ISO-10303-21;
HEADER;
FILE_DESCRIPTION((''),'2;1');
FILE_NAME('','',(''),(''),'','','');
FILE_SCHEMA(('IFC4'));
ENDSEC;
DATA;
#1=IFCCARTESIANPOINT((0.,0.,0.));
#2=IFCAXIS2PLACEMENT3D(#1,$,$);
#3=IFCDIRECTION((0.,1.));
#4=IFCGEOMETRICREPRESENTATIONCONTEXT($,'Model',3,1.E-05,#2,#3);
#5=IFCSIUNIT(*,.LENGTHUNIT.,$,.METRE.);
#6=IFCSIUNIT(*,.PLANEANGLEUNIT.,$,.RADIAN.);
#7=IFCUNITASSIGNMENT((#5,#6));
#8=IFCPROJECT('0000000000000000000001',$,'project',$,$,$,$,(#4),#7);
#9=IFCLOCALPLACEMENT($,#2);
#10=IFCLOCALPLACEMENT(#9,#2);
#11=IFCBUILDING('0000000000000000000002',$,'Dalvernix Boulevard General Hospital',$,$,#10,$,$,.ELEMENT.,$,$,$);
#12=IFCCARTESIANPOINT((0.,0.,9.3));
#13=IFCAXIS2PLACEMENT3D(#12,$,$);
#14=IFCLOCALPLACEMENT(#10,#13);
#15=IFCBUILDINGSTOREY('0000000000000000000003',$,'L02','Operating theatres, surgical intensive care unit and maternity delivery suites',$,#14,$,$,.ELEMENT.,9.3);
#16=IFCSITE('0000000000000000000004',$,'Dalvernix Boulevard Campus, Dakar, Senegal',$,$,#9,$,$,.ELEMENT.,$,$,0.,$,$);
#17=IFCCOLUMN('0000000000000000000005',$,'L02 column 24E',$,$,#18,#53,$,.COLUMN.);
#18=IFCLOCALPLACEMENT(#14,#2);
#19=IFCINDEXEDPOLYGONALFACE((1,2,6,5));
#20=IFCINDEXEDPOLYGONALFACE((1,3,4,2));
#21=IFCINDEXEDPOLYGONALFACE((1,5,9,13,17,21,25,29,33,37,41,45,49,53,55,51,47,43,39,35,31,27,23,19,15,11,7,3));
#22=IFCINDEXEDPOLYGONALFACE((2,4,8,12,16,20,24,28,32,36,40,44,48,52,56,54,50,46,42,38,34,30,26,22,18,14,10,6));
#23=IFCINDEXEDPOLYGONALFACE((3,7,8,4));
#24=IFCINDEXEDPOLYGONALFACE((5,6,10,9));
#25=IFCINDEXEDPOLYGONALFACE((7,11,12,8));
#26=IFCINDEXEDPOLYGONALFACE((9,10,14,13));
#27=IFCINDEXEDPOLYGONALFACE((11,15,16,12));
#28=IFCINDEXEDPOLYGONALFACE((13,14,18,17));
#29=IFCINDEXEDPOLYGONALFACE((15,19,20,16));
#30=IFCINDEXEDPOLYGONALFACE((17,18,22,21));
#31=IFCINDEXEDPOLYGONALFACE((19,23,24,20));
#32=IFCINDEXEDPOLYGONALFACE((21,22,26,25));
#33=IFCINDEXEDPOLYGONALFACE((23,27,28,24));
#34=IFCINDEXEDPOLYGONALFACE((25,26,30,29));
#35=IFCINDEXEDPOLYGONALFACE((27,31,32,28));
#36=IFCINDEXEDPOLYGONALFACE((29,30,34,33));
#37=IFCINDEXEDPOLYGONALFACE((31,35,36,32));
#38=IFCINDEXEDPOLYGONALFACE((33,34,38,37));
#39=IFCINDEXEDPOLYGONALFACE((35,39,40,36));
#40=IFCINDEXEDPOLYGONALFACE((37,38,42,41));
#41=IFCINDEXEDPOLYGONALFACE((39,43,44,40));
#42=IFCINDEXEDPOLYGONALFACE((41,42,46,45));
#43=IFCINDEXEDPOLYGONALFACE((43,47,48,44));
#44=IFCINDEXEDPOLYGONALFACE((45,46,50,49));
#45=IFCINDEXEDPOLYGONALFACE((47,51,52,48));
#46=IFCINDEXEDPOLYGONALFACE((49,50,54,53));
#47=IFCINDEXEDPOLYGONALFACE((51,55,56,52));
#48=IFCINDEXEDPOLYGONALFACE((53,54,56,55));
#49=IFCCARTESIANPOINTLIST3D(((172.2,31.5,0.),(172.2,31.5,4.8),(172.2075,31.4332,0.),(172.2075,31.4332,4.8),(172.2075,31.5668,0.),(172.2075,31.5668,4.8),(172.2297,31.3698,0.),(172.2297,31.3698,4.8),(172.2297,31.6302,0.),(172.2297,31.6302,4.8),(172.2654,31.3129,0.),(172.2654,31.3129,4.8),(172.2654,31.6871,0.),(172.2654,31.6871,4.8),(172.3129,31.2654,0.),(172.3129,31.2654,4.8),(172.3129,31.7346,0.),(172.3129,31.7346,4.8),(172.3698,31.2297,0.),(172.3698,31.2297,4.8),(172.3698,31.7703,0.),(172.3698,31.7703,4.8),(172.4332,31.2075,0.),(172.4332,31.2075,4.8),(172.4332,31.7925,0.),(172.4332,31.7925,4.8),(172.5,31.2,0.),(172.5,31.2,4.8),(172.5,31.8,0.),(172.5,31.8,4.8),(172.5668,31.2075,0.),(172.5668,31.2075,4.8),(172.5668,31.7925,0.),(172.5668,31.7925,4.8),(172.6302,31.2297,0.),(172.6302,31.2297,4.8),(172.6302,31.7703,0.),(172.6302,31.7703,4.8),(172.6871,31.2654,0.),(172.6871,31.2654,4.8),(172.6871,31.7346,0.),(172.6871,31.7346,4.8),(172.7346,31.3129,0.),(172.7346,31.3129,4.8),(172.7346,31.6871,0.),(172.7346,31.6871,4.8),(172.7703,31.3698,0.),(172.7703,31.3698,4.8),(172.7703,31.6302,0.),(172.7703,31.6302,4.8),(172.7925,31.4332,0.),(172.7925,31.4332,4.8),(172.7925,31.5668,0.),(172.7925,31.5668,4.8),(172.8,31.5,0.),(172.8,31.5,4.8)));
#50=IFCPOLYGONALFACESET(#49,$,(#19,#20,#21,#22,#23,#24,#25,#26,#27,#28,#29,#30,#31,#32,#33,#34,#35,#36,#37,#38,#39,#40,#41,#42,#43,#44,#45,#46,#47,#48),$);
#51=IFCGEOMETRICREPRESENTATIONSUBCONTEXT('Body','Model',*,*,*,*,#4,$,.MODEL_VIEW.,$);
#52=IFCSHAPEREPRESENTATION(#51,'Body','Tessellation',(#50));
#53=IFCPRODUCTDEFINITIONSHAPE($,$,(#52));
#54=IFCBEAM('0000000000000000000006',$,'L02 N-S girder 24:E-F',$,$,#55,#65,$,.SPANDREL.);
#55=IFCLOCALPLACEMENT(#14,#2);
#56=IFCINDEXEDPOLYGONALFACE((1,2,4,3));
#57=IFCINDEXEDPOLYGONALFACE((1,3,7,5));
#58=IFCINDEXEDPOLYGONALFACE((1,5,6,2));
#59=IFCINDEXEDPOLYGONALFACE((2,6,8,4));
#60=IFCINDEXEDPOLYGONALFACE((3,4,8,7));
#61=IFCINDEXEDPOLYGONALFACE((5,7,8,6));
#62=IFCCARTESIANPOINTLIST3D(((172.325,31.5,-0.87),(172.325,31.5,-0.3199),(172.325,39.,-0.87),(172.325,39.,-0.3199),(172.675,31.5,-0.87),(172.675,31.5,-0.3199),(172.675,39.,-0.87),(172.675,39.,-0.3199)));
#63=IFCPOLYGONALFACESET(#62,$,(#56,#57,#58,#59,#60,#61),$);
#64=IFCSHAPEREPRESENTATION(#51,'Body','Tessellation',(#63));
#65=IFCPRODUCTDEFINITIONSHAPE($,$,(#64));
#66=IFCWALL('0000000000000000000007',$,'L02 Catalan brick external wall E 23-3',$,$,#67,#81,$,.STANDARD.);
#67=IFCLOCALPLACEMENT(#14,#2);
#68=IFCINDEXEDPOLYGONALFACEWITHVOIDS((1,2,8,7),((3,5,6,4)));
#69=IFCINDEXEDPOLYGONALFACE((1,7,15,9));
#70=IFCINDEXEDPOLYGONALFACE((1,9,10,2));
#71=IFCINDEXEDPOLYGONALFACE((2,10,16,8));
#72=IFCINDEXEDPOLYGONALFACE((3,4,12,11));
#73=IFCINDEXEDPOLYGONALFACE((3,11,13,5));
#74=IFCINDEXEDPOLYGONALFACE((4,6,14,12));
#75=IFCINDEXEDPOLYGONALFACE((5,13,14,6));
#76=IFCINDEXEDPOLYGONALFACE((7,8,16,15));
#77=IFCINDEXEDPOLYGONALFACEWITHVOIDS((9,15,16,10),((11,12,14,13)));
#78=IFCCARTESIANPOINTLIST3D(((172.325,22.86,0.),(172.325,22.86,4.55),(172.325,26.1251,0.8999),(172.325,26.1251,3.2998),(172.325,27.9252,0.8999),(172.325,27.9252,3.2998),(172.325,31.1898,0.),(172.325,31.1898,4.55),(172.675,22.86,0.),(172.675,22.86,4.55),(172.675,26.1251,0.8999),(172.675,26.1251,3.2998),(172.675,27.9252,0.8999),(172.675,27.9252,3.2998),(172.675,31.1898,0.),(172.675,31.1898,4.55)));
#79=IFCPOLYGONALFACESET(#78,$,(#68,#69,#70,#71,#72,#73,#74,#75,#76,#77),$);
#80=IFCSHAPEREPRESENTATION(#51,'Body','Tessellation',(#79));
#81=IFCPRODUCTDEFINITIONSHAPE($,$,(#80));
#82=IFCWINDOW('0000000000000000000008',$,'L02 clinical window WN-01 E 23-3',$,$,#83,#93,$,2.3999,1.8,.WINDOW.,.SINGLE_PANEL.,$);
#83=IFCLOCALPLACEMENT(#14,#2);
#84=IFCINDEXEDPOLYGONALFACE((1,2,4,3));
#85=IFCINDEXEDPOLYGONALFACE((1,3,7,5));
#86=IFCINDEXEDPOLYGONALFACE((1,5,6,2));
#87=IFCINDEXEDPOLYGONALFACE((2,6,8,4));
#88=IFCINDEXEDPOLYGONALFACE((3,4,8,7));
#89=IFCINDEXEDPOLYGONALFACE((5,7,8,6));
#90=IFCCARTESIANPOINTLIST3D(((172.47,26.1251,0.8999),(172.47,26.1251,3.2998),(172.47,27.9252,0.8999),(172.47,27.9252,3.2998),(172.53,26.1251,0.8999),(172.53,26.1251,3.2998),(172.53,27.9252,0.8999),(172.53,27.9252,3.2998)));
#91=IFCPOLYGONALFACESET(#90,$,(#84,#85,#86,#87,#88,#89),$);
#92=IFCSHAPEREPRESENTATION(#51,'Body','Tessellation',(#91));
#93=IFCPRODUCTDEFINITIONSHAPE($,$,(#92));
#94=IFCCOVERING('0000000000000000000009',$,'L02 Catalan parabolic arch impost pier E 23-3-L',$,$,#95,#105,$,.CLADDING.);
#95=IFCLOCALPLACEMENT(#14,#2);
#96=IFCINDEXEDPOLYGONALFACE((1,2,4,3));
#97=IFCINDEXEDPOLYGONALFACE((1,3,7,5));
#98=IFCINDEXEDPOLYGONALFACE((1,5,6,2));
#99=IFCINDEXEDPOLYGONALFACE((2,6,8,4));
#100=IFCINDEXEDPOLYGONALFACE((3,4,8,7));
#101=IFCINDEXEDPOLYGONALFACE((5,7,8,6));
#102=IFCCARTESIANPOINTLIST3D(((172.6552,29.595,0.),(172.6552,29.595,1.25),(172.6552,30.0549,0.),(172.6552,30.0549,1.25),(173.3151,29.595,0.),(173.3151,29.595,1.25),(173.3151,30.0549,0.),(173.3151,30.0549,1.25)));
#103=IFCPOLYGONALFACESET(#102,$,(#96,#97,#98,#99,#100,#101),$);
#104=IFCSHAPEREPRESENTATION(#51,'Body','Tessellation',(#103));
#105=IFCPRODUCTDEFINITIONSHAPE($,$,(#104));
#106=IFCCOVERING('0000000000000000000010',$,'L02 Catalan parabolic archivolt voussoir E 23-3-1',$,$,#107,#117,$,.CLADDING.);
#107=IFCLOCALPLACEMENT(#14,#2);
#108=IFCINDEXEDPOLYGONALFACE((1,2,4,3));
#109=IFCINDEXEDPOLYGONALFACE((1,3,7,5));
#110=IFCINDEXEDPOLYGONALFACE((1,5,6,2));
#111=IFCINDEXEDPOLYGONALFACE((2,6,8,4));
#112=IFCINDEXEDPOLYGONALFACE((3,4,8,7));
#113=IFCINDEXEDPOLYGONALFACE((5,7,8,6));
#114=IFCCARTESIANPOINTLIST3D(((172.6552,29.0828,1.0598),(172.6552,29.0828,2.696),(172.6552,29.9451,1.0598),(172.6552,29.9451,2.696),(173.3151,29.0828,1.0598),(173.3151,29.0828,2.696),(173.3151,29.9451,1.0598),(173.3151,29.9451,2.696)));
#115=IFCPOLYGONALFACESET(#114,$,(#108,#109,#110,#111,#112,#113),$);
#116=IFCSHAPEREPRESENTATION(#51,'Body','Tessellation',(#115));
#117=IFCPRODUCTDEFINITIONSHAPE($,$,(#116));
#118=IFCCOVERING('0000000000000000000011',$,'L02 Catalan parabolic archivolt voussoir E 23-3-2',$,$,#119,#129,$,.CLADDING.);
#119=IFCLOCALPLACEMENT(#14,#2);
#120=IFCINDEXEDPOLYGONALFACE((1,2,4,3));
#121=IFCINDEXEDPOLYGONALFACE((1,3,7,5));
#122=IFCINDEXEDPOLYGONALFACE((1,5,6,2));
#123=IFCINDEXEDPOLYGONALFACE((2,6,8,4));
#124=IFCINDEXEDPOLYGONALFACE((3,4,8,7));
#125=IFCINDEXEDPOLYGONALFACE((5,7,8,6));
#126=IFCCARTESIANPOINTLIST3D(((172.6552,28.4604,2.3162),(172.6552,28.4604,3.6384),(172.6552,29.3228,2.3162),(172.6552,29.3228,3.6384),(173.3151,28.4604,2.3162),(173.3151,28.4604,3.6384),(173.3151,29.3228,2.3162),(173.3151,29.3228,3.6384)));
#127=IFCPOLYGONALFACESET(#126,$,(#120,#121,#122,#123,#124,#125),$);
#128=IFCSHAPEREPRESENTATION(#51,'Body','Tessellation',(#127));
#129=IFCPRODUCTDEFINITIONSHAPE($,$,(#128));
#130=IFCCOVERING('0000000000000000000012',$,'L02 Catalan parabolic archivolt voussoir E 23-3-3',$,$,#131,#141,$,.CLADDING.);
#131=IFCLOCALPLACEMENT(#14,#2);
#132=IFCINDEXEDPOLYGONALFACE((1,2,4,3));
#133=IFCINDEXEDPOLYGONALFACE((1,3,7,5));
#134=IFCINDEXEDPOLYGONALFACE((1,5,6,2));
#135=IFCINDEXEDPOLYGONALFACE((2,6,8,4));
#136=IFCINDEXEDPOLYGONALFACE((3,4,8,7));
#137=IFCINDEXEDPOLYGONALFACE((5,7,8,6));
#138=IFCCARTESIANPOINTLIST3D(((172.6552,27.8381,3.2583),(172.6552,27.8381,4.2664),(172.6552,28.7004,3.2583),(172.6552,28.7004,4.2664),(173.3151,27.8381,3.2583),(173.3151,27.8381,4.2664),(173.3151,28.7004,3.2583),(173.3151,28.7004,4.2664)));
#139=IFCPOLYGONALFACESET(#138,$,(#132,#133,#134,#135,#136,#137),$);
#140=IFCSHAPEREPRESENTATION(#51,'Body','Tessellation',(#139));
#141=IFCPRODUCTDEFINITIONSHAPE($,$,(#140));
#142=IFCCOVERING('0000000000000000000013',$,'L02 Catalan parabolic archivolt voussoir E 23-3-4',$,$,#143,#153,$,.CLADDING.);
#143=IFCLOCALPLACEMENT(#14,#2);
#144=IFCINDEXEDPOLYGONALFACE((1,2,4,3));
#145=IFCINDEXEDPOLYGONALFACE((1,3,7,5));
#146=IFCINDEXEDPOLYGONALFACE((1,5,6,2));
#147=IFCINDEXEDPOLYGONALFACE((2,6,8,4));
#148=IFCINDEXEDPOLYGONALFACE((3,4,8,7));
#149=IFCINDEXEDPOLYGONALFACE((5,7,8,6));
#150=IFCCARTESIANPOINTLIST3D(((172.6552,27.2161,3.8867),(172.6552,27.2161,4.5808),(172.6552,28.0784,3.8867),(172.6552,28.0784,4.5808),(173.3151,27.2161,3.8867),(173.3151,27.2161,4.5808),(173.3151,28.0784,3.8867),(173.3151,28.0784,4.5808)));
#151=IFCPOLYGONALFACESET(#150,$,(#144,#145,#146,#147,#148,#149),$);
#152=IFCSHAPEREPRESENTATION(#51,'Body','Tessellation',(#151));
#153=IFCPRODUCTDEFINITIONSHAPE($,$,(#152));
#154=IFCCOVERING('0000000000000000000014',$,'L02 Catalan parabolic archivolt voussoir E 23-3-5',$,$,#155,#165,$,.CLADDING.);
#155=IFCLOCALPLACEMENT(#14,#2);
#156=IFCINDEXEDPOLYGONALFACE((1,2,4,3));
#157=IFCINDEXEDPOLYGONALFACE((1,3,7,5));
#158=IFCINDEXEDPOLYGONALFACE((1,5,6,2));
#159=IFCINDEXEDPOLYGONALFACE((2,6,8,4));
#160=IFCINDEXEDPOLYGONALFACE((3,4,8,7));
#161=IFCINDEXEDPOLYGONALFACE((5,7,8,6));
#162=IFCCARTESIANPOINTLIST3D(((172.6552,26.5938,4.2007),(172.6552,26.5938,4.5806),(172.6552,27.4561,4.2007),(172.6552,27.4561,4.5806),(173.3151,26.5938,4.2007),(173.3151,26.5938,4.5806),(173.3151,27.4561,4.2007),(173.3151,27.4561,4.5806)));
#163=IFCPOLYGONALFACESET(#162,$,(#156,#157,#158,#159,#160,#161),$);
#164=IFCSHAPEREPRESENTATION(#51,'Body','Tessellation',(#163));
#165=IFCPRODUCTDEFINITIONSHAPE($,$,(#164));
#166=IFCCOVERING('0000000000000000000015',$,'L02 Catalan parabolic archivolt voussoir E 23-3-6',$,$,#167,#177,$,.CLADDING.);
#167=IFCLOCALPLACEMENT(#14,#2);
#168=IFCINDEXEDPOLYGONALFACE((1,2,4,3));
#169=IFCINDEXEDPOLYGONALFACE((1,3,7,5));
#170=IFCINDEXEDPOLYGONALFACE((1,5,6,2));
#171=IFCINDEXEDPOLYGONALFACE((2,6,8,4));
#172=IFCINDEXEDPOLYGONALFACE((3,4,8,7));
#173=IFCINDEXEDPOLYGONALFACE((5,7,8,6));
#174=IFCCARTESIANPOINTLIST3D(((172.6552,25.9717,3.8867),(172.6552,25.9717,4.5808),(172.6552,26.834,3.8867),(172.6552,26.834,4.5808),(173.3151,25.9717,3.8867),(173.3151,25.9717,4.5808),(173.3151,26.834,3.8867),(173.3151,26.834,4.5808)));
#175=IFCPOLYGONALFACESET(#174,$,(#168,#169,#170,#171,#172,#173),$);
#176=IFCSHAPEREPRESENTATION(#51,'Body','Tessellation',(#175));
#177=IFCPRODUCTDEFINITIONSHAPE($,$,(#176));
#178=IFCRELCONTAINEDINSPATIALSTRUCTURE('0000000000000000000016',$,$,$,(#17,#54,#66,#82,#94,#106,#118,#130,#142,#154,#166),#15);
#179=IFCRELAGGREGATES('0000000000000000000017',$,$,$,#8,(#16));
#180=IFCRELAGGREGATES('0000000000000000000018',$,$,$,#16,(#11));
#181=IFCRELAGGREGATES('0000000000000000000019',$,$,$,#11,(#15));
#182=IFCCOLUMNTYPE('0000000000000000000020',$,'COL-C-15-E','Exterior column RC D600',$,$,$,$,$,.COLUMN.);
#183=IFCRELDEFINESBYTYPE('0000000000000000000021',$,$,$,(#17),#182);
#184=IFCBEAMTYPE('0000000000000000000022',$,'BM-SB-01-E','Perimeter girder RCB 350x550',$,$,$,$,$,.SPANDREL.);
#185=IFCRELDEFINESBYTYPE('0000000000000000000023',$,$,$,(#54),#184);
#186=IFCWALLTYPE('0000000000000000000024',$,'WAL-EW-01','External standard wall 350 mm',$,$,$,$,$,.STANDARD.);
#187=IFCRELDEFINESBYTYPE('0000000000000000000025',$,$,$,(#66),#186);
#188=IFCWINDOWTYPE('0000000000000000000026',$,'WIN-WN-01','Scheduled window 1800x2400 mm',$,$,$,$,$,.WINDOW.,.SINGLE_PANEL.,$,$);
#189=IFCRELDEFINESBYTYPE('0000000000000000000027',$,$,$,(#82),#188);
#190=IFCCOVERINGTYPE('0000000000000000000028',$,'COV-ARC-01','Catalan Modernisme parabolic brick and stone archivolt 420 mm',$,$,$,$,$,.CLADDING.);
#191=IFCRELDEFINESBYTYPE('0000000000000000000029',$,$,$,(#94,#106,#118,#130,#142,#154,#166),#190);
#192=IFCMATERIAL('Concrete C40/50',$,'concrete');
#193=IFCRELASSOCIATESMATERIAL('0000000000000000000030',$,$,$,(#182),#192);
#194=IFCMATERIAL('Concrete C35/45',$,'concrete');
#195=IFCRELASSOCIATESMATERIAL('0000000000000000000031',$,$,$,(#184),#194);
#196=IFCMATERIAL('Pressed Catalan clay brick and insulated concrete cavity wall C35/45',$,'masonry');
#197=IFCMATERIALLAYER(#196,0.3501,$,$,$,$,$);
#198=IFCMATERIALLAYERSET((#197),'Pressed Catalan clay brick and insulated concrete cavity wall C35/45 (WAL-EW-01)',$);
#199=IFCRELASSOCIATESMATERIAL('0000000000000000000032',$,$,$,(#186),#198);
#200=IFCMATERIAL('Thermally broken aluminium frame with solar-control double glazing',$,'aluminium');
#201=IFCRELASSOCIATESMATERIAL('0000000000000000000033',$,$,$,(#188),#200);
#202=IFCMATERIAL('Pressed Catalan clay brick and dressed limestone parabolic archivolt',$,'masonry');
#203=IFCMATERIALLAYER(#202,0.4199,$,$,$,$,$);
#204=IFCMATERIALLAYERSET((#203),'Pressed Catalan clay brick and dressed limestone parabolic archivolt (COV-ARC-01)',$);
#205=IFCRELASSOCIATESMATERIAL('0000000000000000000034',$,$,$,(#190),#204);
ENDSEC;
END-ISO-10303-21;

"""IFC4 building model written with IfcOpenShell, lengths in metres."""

from ifc_helpers import new_model, si_unit, direction, frame, frame_2d, origin, origin_2d, place, context, subcontext, project, spatial, rectangle, circle, extrude, material, layer, layer_set, material_profile, profile_set, type_object, element, fill, save


model = new_model("IFC4")

# Units and contexts
model_context = context("Model", 3, precision=1e-05, world=origin(), true_north=direction((0.0, 1.0)))
body_context = subcontext(model_context, "Body", "Model", "MODEL_VIEW")
ifc_project = project(units=[si_unit("LENGTHUNIT", "METRE"), si_unit("PLANEANGLEUNIT", "RADIAN")], contexts=[model_context])

# Site, building, storey
site_placement = place(None, origin())
site = spatial("IfcSite", under=ifc_project, at=site_placement, Name="Dalvernix Boulevard Campus, Dakar, Senegal", CompositionType="ELEMENT", RefElevation=0.0)
building_placement = place(site_placement, origin())
building = spatial("IfcBuilding", under=site, at=building_placement, Name="Dalvernix Boulevard General Hospital", CompositionType="ELEMENT")
storey_placement = place(building_placement, frame((0.0, 0.0, 9.3)))
storey = spatial("IfcBuildingStorey", under=building, at=storey_placement, Name="L02", Description="Operating theatres, surgical intensive care unit and maternity delivery suites", CompositionType="ELEMENT", Elevation=9.3)

# Column
ifc_material_1 = material(Name="Concrete C40/50", Category="concrete")
ifc_material_profile_1 = material_profile(ifc_material_1, circle(Radius=0.3, at=origin_2d()), Name="RC D600")
ifc_profile_set_1 = profile_set([ifc_material_profile_1], Name="Concrete C40/50")
column_type = type_object("IfcColumnType", Name="COL-C-15-E", Description="Exterior column RC D600", PredefinedType="COLUMN", material=ifc_profile_set_1)
column_placement = place(storey_placement, frame((172.5, 31.5, 0.0), z_axis=(0.0, 0.0, 1.0), x_axis=(1.0, 0.0, 0.0)))
element("IfcColumn", 1, at=column_placement, inside=storey, type_object=column_type, Name="L02 column 24E", PredefinedType="COLUMN", context=body_context, shape_type="SweptSolid", body=[
    extrude(circle(Radius=0.3, at=origin_2d()), origin(), (0.0, 0.0, 1.0), 4.8),
])

# Beam
ifc_material_2 = material(Name="Concrete C35/45", Category="concrete")
ifc_material_profile_2 = material_profile(ifc_material_2, rectangle(XDim=0.3501, YDim=0.55, at=origin_2d()), Name="RCB 350x550")
ifc_profile_set_2 = profile_set([ifc_material_profile_2], Name="Concrete C35/45")
beam_type = type_object("IfcBeamType", Name="BM-SB-01-E", Description="Perimeter girder RCB 350x550", PredefinedType="SPANDREL", material=ifc_profile_set_2)
beam_placement = place(storey_placement, frame((172.5, 31.5, -0.595), z_axis=(0.0, 1.0, 0.0), x_axis=(-1.0, 0.0, 0.0)))
element("IfcBeam", 2, at=beam_placement, inside=storey, type_object=beam_type, Name="L02 N-S girder 24:E-F", PredefinedType="SPANDREL", context=body_context, shape_type="SweptSolid", body=[
    extrude(rectangle(XDim=0.3501, YDim=0.55, at=origin_2d()), origin(), (0.0, 0.0, 1.0), 7.5),
])

# Wall, opening, window
ifc_material_3 = material(Name="Pressed Catalan clay brick and insulated concrete cavity wall C35/45", Category="masonry")
ifc_layer_1 = layer(ifc_material_3, 0.3501)
ifc_layer_set_1 = layer_set([ifc_layer_1], Name="Pressed Catalan clay brick and insulated concrete cavity wall C35/45 (WAL-EW-01)")
wall_type = type_object("IfcWallType", Name="WAL-EW-01", Description="External standard wall 350 mm", PredefinedType="STANDARD", material=ifc_layer_set_1)
wall_placement = place(storey_placement, frame((172.5, 31.1899, 0.0), z_axis=(0.0, 0.0, 1.0), x_axis=(0.0, -1.0, 0.0)))
wall = element("IfcWall", 3, at=wall_placement, inside=storey, type_object=wall_type, Name="L02 Catalan brick external wall E 23-3", PredefinedType="STANDARD", context=body_context, shape_type="SweptSolid", body=[
    extrude(rectangle(XDim=8.3298, YDim=0.3501, at=frame_2d((4.165, 0.0))), origin(), (0.0, 0.0, 1.0), 4.55),
])
opening_placement = place(wall_placement, frame((3.2649, 0.0, 0.8999)))
opening = element("IfcOpeningElement", 4, at=opening_placement, cuts=wall, PredefinedType="OPENING", context=body_context, shape_type="SweptSolid", body=[
    extrude(rectangle(XDim=1.8, YDim=2.3999, at=frame_2d((0.8999, 1.2))), frame((0.0, 0.1851, 0.0), z_axis=(0.0, -1.0, 0.0), x_axis=(1.0, 0.0, 0.0)), (0.0, 0.0, 1.0), 0.3701),
])
ifc_material_4 = material(Name="Thermally broken aluminium frame with solar-control double glazing", Category="aluminium")
window_type = type_object("IfcWindowType", Name="WIN-WN-01", Description="Scheduled window 1800x2400 mm", PartitioningType="SINGLE_PANEL", PredefinedType="WINDOW", material=ifc_material_4)
window_placement = place(opening_placement, origin())
window = element("IfcWindow", 5, at=window_placement, inside=storey, type_object=window_type, Name="L02 clinical window WN-01 E 23-3", OverallHeight=2.3999, OverallWidth=1.8, PartitioningType="SINGLE_PANEL", PredefinedType="WINDOW", context=body_context, shape_type="SweptSolid", body=[
    extrude(rectangle(XDim=1.8, YDim=2.3999, at=frame_2d((0.8999, 1.2))), frame((0.0, 0.03, 0.0), z_axis=(0.0, -1.0, 0.0), x_axis=(1.0, 0.0, 0.0)), (0.0, 0.0, 1.0), 0.0601),
])
fill(opening, window)

# Coverings
ifc_material_5 = material(Name="Pressed Catalan clay brick and dressed limestone parabolic archivolt", Category="masonry")
ifc_layer_2 = layer(ifc_material_5, 0.4199)
ifc_layer_set_2 = layer_set([ifc_layer_2], Name="Pressed Catalan clay brick and dressed limestone parabolic archivolt (COV-ARC-01)")
covering_type_1 = type_object("IfcCoveringType", Name="COV-ARC-01", Description="Catalan Modernisme parabolic brick and stone archivolt 420 mm", PredefinedType="CLADDING", material=ifc_layer_set_2)
covering_1_placement = place(storey_placement, frame((172.9851, 29.825, 0.0), z_axis=(0.0, 0.0, 1.0), x_axis=(0.0, -1.0, 0.0)))
element("IfcCovering", 6, at=covering_1_placement, inside=storey, type_object=covering_type_1, Name="L02 Catalan parabolic arch impost pier E 23-3-L", PredefinedType="CLADDING", context=body_context, shape_type="SweptSolid", body=[
    extrude(rectangle(XDim=0.46, YDim=0.6599, at=origin_2d()), origin(), (0.0, 0.0, 1.0), 1.25),
])
covering_2_placement = place(storey_placement, frame((172.9851, 29.5139, 1.0598), z_axis=(0.0, 0.0, 1.0), x_axis=(0.0, -1.0, 0.0)))
element("IfcCovering", 7, at=covering_2_placement, inside=storey, type_object=covering_type_1, Name="L02 Catalan parabolic archivolt voussoir E 23-3-1", PredefinedType="CLADDING", context=body_context, shape_type="SweptSolid", body=[
    extrude(rectangle(XDim=0.8623, YDim=0.6599, at=origin_2d()), origin(), (0.0, 0.0, 1.0), 1.6362),
])
covering_3_placement = place(storey_placement, frame((172.9851, 28.8916, 2.3162), z_axis=(0.0, 0.0, 1.0), x_axis=(0.0, -1.0, 0.0)))
element("IfcCovering", 8, at=covering_3_placement, inside=storey, type_object=covering_type_1, Name="L02 Catalan parabolic archivolt voussoir E 23-3-2", PredefinedType="CLADDING", context=body_context, shape_type="SweptSolid", body=[
    extrude(rectangle(XDim=0.8623, YDim=0.6599, at=origin_2d()), origin(), (0.0, 0.0, 1.0), 1.3223),
])
covering_4_placement = place(storey_placement, frame((172.9851, 28.2693, 3.2583), z_axis=(0.0, 0.0, 1.0), x_axis=(0.0, -1.0, 0.0)))
element("IfcCovering", 9, at=covering_4_placement, inside=storey, type_object=covering_type_1, Name="L02 Catalan parabolic archivolt voussoir E 23-3-3", PredefinedType="CLADDING", context=body_context, shape_type="SweptSolid", body=[
    extrude(rectangle(XDim=0.8623, YDim=0.6599, at=origin_2d()), origin(), (0.0, 0.0, 1.0), 1.0081),
])
covering_5_placement = place(storey_placement, frame((172.9851, 27.6472, 3.8867), z_axis=(0.0, 0.0, 1.0), x_axis=(0.0, -1.0, 0.0)))
element("IfcCovering", 10, at=covering_5_placement, inside=storey, type_object=covering_type_1, Name="L02 Catalan parabolic archivolt voussoir E 23-3-4", PredefinedType="CLADDING", context=body_context, shape_type="SweptSolid", body=[
    extrude(rectangle(XDim=0.8623, YDim=0.6599, at=origin_2d()), origin(), (0.0, 0.0, 1.0), 0.6941),
])
covering_6_placement = place(storey_placement, frame((172.9851, 27.0249, 4.2007), z_axis=(0.0, 0.0, 1.0), x_axis=(0.0, -1.0, 0.0)))
element("IfcCovering", 11, at=covering_6_placement, inside=storey, type_object=covering_type_1, Name="L02 Catalan parabolic archivolt voussoir E 23-3-5", PredefinedType="CLADDING", context=body_context, shape_type="SweptSolid", body=[
    extrude(rectangle(XDim=0.8623, YDim=0.6599, at=origin_2d()), origin(), (0.0, 0.0, 1.0), 0.3799),
])
covering_7_placement = place(storey_placement, frame((172.9851, 26.4028, 3.8867), z_axis=(0.0, 0.0, 1.0), x_axis=(0.0, -1.0, 0.0)))
element("IfcCovering", 12, at=covering_7_placement, inside=storey, type_object=covering_type_1, Name="L02 Catalan parabolic archivolt voussoir E 23-3-6", PredefinedType="CLADDING", context=body_context, shape_type="SweptSolid", body=[
    extrude(rectangle(XDim=0.8623, YDim=0.6599, at=origin_2d()), origin(), (0.0, 0.0, 1.0), 0.6941),
])

save(model, "model.ifc")
